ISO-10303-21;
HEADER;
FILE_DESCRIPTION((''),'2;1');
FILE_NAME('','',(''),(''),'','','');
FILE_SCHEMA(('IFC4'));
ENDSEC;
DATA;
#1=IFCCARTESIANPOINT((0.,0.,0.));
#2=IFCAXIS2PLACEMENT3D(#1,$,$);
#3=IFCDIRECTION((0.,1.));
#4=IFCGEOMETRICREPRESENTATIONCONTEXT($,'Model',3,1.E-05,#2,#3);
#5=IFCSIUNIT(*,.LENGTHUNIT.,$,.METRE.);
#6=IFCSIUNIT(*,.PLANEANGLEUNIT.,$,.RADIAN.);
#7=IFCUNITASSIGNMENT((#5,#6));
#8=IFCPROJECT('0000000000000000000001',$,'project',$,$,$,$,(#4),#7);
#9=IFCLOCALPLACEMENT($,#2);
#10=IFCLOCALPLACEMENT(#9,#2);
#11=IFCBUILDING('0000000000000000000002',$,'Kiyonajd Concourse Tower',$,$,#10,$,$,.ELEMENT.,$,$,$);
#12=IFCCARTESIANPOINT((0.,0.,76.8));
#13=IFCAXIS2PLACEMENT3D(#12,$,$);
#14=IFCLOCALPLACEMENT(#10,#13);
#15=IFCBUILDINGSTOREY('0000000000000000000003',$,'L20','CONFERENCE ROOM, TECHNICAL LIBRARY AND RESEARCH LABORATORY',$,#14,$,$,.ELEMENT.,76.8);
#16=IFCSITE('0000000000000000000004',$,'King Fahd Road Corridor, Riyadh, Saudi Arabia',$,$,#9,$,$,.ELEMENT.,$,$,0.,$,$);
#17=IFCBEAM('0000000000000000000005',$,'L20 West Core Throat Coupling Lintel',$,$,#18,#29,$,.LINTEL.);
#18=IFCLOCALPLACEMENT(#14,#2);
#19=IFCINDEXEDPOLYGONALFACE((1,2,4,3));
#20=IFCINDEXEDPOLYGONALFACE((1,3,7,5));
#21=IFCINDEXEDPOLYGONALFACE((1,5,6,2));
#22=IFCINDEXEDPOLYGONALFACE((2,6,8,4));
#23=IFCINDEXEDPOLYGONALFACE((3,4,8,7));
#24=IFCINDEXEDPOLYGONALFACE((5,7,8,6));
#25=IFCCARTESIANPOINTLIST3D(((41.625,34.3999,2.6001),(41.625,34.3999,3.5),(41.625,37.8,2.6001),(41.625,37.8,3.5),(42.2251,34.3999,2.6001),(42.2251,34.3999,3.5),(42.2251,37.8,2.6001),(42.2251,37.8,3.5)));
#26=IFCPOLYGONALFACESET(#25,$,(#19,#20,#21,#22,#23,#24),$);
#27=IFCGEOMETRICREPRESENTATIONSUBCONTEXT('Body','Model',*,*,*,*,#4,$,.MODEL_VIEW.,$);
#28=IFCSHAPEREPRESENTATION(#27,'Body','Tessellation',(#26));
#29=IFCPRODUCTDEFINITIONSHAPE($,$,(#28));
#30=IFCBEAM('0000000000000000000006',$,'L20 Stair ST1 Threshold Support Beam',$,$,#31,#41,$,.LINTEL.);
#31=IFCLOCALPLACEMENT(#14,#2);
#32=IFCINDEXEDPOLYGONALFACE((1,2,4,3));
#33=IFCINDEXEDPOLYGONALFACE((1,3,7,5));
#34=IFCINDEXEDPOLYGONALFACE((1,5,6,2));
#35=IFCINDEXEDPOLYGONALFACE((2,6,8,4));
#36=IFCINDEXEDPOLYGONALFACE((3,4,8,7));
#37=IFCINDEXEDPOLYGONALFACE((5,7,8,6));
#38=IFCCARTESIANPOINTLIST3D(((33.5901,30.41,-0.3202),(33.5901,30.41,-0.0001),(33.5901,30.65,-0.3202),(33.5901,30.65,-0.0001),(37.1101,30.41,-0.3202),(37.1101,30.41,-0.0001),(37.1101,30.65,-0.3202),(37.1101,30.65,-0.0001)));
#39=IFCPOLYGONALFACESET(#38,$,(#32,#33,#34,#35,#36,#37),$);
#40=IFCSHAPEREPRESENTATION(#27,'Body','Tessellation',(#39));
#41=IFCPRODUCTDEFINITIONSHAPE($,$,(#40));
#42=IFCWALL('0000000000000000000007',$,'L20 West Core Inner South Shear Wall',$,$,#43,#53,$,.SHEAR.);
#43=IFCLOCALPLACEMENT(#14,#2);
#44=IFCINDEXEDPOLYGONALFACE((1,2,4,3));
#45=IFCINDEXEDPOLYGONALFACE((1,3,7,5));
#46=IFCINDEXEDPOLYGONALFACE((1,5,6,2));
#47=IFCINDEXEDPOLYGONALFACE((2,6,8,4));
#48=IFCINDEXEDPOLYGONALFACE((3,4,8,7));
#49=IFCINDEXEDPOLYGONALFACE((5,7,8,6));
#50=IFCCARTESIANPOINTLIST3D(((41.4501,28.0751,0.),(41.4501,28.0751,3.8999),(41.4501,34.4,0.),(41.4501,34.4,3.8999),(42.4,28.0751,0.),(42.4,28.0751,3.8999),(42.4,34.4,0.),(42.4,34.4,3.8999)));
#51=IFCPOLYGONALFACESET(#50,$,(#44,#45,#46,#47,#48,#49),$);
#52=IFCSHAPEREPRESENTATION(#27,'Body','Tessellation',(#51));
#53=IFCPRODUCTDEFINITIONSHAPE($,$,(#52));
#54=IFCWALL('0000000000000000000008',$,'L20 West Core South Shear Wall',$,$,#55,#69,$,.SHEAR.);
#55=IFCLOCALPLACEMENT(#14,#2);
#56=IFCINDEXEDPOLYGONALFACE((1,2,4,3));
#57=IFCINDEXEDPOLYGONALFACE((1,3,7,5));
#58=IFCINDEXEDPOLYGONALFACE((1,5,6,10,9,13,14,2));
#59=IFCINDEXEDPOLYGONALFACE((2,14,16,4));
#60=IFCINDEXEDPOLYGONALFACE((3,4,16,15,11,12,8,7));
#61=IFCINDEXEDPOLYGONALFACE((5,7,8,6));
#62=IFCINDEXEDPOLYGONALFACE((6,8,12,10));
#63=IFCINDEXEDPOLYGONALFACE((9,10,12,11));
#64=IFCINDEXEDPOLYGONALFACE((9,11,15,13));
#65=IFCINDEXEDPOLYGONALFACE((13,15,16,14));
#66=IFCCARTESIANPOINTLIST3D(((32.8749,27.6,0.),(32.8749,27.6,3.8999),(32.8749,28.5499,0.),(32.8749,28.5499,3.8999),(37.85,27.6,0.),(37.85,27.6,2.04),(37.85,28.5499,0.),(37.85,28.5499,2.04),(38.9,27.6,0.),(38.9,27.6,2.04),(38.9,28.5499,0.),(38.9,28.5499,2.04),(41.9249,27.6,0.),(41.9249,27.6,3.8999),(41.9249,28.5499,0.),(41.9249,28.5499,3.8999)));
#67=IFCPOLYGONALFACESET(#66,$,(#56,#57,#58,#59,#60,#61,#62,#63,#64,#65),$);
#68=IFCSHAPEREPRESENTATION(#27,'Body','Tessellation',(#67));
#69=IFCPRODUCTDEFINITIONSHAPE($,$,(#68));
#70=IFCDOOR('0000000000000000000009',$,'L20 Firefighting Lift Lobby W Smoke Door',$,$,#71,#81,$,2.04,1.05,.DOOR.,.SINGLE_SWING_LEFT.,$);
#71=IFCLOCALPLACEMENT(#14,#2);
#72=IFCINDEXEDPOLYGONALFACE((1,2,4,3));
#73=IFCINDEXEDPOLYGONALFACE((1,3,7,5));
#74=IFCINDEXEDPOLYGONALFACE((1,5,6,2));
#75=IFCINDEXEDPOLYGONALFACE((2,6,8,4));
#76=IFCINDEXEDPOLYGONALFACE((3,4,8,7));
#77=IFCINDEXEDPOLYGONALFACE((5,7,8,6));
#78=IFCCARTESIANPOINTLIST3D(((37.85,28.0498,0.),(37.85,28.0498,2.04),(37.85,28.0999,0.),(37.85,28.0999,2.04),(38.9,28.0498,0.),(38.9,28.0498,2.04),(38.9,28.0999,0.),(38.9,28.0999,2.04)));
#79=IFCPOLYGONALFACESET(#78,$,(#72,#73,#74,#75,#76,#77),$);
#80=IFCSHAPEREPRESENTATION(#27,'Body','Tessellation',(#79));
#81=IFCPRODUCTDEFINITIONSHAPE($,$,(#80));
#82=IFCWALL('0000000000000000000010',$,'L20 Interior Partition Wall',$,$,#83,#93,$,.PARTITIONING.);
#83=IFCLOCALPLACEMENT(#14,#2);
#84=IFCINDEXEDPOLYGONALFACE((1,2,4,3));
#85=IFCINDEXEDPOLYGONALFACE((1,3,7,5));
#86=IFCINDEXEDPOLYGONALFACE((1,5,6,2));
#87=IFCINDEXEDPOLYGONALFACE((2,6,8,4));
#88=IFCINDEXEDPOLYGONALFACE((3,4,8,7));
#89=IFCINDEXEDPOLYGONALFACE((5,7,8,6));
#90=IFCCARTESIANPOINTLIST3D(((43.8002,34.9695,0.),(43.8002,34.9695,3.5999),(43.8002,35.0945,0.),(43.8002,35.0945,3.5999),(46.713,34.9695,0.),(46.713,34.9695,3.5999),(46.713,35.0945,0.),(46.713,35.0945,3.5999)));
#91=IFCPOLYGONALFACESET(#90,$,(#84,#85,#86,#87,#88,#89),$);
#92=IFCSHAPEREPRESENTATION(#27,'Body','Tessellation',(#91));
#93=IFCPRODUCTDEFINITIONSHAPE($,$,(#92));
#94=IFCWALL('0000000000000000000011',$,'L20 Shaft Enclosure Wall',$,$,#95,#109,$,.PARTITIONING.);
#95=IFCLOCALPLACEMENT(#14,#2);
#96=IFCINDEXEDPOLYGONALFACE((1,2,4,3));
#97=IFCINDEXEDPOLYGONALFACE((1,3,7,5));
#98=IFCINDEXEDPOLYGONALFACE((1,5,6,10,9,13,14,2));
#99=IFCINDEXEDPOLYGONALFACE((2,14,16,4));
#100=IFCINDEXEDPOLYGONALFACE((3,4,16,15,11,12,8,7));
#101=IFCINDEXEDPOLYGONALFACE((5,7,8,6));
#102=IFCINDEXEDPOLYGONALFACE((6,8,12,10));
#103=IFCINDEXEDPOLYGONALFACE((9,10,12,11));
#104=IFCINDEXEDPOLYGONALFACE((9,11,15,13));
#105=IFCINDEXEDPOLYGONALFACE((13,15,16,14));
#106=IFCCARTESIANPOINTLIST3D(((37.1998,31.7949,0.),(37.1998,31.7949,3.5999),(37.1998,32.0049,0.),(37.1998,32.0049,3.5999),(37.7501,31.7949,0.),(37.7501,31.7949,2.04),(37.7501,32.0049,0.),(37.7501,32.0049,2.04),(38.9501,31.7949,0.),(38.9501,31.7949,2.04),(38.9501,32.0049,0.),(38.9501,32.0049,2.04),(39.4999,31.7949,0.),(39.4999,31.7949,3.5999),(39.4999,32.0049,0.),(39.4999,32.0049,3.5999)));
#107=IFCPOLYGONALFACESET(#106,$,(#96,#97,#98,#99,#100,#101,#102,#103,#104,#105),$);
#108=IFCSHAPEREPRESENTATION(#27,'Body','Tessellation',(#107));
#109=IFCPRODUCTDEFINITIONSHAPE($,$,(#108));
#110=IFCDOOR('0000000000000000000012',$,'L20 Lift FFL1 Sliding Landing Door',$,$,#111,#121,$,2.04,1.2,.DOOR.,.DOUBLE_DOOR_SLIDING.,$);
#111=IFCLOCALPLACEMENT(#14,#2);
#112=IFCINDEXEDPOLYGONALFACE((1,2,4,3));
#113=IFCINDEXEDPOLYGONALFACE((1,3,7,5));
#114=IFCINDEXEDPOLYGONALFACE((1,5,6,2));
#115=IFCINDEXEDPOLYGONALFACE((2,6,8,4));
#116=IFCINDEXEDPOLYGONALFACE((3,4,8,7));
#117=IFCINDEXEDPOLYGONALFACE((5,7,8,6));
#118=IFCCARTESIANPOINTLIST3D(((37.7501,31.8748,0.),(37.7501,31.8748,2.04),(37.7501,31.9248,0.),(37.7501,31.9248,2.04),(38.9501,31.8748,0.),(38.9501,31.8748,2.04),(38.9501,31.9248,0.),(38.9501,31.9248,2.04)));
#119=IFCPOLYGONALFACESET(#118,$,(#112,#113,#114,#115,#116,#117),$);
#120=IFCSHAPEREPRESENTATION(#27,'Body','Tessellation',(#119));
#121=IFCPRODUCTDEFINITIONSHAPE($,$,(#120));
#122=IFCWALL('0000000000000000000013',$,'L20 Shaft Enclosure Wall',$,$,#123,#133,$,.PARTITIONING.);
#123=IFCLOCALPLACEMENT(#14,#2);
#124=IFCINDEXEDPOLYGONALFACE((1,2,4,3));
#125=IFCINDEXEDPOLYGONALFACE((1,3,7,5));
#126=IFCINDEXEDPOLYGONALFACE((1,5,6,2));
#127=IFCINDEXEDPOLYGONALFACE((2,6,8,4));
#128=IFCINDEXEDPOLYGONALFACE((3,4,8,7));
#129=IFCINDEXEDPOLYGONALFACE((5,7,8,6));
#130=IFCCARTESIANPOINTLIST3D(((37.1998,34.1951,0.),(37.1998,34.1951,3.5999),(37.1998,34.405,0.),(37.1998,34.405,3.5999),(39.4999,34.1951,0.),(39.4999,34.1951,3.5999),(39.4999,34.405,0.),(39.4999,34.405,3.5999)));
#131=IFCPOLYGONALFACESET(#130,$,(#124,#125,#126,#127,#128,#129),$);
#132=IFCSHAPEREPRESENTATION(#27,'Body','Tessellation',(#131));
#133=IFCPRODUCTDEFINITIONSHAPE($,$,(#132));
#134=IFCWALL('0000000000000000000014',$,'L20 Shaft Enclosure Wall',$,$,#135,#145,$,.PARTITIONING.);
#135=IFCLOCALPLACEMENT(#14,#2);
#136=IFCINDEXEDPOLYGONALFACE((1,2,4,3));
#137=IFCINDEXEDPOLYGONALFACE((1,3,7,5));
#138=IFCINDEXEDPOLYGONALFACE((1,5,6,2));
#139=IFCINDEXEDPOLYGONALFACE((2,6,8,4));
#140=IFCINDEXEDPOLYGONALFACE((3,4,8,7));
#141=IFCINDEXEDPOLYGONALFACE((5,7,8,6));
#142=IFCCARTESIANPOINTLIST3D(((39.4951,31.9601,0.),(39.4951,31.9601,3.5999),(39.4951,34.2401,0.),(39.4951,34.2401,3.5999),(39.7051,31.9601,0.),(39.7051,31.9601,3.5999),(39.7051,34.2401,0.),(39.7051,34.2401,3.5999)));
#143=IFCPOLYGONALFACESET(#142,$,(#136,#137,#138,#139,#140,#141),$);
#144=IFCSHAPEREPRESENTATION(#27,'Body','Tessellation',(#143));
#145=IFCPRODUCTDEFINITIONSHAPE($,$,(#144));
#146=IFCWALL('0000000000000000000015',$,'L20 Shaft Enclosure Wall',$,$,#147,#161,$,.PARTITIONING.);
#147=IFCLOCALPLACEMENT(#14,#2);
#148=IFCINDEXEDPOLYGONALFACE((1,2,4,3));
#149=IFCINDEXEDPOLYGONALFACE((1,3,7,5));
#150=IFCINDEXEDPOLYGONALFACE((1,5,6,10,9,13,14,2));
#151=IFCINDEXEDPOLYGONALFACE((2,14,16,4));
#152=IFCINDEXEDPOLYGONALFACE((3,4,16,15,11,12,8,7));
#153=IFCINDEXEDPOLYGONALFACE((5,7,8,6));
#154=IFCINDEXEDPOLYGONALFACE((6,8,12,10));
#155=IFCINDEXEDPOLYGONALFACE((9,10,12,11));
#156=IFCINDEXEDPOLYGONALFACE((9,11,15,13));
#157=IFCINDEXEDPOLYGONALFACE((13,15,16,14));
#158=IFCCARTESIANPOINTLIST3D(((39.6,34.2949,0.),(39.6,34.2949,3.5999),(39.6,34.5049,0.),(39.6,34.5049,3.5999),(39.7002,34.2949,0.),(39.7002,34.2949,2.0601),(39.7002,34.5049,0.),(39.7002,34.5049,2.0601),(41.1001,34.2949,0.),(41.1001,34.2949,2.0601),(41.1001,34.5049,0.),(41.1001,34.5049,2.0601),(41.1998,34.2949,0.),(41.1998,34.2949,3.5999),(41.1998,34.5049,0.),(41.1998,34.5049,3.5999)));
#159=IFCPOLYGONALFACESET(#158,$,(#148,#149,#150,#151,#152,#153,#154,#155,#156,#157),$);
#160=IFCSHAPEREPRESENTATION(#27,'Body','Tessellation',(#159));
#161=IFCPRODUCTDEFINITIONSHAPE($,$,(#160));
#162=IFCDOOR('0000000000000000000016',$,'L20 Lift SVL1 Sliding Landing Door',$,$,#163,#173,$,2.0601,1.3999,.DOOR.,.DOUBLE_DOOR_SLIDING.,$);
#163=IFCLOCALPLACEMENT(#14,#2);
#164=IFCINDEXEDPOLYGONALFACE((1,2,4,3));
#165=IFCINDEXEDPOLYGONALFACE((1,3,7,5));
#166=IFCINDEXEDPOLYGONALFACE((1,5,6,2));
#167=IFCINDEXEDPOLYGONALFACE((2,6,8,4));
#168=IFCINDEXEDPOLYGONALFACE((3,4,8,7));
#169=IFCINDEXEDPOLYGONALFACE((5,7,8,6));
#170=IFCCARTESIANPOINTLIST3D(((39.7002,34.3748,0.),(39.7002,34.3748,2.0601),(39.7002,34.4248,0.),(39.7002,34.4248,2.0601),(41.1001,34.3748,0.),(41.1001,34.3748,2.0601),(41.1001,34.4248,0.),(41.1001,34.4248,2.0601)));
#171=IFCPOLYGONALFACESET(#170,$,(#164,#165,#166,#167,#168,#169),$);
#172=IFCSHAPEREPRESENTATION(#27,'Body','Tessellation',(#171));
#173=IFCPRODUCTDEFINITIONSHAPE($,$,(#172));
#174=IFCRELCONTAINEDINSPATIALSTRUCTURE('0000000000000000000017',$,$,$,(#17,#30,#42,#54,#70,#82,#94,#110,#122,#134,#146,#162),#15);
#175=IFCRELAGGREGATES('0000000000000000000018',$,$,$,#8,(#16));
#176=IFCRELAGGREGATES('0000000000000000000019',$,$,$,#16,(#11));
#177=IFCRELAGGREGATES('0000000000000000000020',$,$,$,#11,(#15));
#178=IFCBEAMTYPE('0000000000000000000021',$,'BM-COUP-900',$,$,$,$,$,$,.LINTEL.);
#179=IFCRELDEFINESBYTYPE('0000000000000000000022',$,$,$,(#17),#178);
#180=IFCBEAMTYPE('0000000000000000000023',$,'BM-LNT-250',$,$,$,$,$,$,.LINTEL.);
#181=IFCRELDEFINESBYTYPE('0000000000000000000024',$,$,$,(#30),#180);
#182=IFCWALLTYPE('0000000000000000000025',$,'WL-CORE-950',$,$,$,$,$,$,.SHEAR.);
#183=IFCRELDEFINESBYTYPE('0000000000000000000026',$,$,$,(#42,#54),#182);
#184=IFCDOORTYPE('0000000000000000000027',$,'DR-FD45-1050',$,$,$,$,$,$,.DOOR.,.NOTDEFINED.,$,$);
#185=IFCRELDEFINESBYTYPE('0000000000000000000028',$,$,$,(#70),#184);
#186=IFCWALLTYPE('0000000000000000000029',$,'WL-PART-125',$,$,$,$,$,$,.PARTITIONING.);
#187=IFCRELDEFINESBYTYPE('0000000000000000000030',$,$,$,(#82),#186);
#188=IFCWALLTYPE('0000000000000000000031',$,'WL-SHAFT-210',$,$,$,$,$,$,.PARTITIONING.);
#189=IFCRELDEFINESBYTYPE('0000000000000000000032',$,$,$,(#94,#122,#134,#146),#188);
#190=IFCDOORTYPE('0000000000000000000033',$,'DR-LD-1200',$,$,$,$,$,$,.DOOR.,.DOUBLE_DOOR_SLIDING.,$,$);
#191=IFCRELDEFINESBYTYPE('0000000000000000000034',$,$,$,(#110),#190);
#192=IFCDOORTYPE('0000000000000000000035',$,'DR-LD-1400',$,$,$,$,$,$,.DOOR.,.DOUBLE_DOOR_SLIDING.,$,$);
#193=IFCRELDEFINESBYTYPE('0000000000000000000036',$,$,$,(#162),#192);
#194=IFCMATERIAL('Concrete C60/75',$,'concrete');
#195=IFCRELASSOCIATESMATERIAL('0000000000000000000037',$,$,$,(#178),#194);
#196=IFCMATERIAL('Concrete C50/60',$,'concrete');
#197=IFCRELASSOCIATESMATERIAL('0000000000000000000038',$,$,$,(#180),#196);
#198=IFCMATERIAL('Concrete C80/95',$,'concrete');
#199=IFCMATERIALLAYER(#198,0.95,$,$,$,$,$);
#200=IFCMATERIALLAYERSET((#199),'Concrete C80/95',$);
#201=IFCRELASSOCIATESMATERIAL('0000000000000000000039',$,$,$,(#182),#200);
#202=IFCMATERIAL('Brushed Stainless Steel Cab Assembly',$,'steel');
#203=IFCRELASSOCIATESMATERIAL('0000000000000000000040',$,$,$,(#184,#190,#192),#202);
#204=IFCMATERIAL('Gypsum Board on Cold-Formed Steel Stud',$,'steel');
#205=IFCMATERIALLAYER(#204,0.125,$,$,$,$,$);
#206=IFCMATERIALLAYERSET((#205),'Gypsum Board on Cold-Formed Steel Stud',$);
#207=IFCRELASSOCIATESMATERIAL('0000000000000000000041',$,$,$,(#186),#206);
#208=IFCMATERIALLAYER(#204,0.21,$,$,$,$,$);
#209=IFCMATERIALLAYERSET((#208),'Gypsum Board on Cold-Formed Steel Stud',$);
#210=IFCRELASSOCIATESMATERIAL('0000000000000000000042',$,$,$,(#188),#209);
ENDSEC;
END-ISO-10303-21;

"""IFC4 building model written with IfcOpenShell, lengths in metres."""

from ifc_helpers import new_model, si_unit, direction, frame, frame_2d, origin, origin_2d, place, context, subcontext, project, spatial, rectangle, extrude, material, layer, layer_set, material_profile, profile_set, type_object, element, fill, save


model = new_model("IFC4")

# Units and contexts
model_context = context("Model", 3, precision=1e-05, world=origin(), true_north=direction((0.0, 1.0)))
body_context = subcontext(model_context, "Body", "Model", "MODEL_VIEW")
ifc_project = project(units=[si_unit("LENGTHUNIT", "METRE"), si_unit("PLANEANGLEUNIT", "RADIAN")], contexts=[model_context])

# Site, building, storey
site_placement = place(None, origin())
site = spatial("IfcSite", under=ifc_project, at=site_placement, Name="King Fahd Road Corridor, Riyadh, Saudi Arabia", CompositionType="ELEMENT", RefElevation=0.0)
building_placement = place(site_placement, origin())
building = spatial("IfcBuilding", under=site, at=building_placement, Name="Kiyonajd Concourse Tower", CompositionType="ELEMENT")
storey_placement = place(building_placement, frame((0.0, 0.0, 76.8)))
storey = spatial("IfcBuildingStorey", under=building, at=storey_placement, Name="L20", Description="CONFERENCE ROOM, TECHNICAL LIBRARY AND RESEARCH LABORATORY", CompositionType="ELEMENT", Elevation=76.8)

# Beams
ifc_material_1 = material(Name="Concrete C60/75", Category="concrete")
ifc_material_profile_1 = material_profile(ifc_material_1, rectangle(XDim=0.6001, YDim=0.8999, at=origin_2d()), Name="RCBM-600x900")
ifc_profile_set_1 = profile_set([ifc_material_profile_1], Name="Concrete C60/75")
beam_type_1 = type_object("IfcBeamType", Name="BM-COUP-900", PredefinedType="LINTEL", material=ifc_profile_set_1)
beam_1_placement = place(storey_placement, frame((41.925, 34.3999, 3.05), z_axis=(0.0, 1.0, 0.0), x_axis=(-1.0, 0.0, 0.0)))
element("IfcBeam", 1, at=beam_1_placement, inside=storey, type_object=beam_type_1, Name="L20 West Core Throat Coupling Lintel", PredefinedType="LINTEL", context=body_context, shape_type="SweptSolid", body=[
    extrude(rectangle(XDim=0.6001, YDim=0.8999, at=origin_2d()), origin(), (0.0, 0.0, 1.0), 3.4001),
])
ifc_material_2 = material(Name="Concrete C50/60", Category="concrete")
ifc_material_profile_2 = material_profile(ifc_material_2, rectangle(XDim=0.24, YDim=0.3201, at=origin_2d()), Name="RCBM-240x320")
ifc_profile_set_2 = profile_set([ifc_material_profile_2], Name="Concrete C50/60")
beam_type_2 = type_object("IfcBeamType", Name="BM-LNT-250", PredefinedType="LINTEL", material=ifc_profile_set_2)
beam_2_placement = place(storey_placement, frame((33.5901, 30.53, -0.1602), z_axis=(1.0, 0.0, 0.0), x_axis=(0.0, 1.0, 0.0)))
element("IfcBeam", 2, at=beam_2_placement, inside=storey, type_object=beam_type_2, Name="L20 Stair ST1 Threshold Support Beam", PredefinedType="LINTEL", context=body_context, shape_type="SweptSolid", body=[
    extrude(rectangle(XDim=0.24, YDim=0.3201, at=origin_2d()), origin(), (0.0, 0.0, 1.0), 3.52),
])

# Wall
ifc_material_3 = material(Name="Concrete C80/95", Category="concrete")
ifc_layer_1 = layer(ifc_material_3, 0.95)
ifc_layer_set_1 = layer_set([ifc_layer_1], Name="Concrete C80/95")
wall_type_1 = type_object("IfcWallType", Name="WL-CORE-950", PredefinedType="SHEAR", material=ifc_layer_set_1)
wall_1_placement = place(storey_placement, frame((41.925, 28.075, 0.0), z_axis=(0.0, 0.0, 1.0), x_axis=(0.0, 1.0, 0.0)))
element("IfcWall", 3, at=wall_1_placement, inside=storey, type_object=wall_type_1, Name="L20 West Core Inner South Shear Wall", PredefinedType="SHEAR", context=body_context, shape_type="SweptSolid", body=[
    extrude(rectangle(XDim=6.325, YDim=0.95, at=frame_2d((3.1626, 0.0))), origin(), (0.0, 0.0, 1.0), 3.8999),
])

# Wall, opening, door
wall_2_placement = place(storey_placement, frame((32.875, 28.075, 0.0), z_axis=(0.0, 0.0, 1.0), x_axis=(1.0, 0.0, 0.0)))
wall_2 = element("IfcWall", 4, at=wall_2_placement, inside=storey, type_object=wall_type_1, Name="L20 West Core South Shear Wall", PredefinedType="SHEAR", context=body_context, shape_type="SweptSolid", body=[
    extrude(rectangle(XDim=9.05, YDim=0.95, at=frame_2d((4.5249, 0.0))), origin(), (0.0, 0.0, 1.0), 3.8999),
])
opening_1_placement = place(wall_2_placement, frame((4.9751, 0.0, 0.0)))
opening_1 = element("IfcOpeningElement", 5, at=opening_1_placement, cuts=wall_2, PredefinedType="OPENING", context=body_context, shape_type="SweptSolid", body=[
    extrude(rectangle(XDim=1.05, YDim=2.04, at=frame_2d((0.5249, 1.02))), frame((0.0, 0.4849, 0.0), z_axis=(0.0, -1.0, 0.0), x_axis=(1.0, 0.0, 0.0)), (0.0, 0.0, 1.0), 0.97),
])
ifc_material_4 = material(Name="Brushed Stainless Steel Cab Assembly", Category="steel")
door_type_1 = type_object("IfcDoorType", Name="DR-FD45-1050", OperationType="NOTDEFINED", PredefinedType="DOOR", material=ifc_material_4)
door_1_placement = place(opening_1_placement, origin())
door_1 = element("IfcDoor", 6, at=door_1_placement, inside=storey, type_object=door_type_1, Name="L20 Firefighting Lift Lobby W Smoke Door", OperationType="SINGLE_SWING_LEFT", OverallHeight=2.04, OverallWidth=1.05, PredefinedType="DOOR", context=body_context, shape_type="SweptSolid", body=[
    extrude(rectangle(XDim=1.05, YDim=2.04, at=frame_2d((0.5249, 1.02))), frame((0.0, 0.0249, 0.0), z_axis=(0.0, -1.0, 0.0), x_axis=(1.0, 0.0, 0.0)), (0.0, 0.0, 1.0), 0.05),
])
fill(opening_1, door_1)

# Wall
ifc_material_5 = material(Name="Gypsum Board on Cold-Formed Steel Stud", Category="steel")
ifc_layer_2 = layer(ifc_material_5, 0.125)
ifc_layer_set_2 = layer_set([ifc_layer_2], Name="Gypsum Board on Cold-Formed Steel Stud")
wall_type_2 = type_object("IfcWallType", Name="WL-PART-125", PredefinedType="PARTITIONING", material=ifc_layer_set_2)
wall_3_placement = place(storey_placement, frame((43.8, 35.032, 0.0), z_axis=(0.0, 0.0, 1.0), x_axis=(1.0, 0.0, 0.0)))
element("IfcWall", 7, at=wall_3_placement, inside=storey, type_object=wall_type_2, Name="L20 Interior Partition Wall", PredefinedType="PARTITIONING", context=body_context, shape_type="SweptSolid", body=[
    extrude(rectangle(XDim=2.9128, YDim=0.125, at=frame_2d((1.4565, 0.0))), origin(), (0.0, 0.0, 1.0), 3.5999),
])

# Wall, opening, door
ifc_layer_3 = layer(ifc_material_5, 0.21)
ifc_layer_set_3 = layer_set([ifc_layer_3], Name="Gypsum Board on Cold-Formed Steel Stud")
wall_type_3 = type_object("IfcWallType", Name="WL-SHAFT-210", PredefinedType="PARTITIONING", material=ifc_layer_set_3)
wall_4_placement = place(storey_placement, frame((37.2, 31.8999, 0.0), z_axis=(0.0, 0.0, 1.0), x_axis=(1.0, 0.0, 0.0)))
wall_4 = element("IfcWall", 8, at=wall_4_placement, inside=storey, type_object=wall_type_3, Name="L20 Shaft Enclosure Wall", PredefinedType="PARTITIONING", context=body_context, shape_type="SweptSolid", body=[
    extrude(rectangle(XDim=2.3, YDim=0.21, at=frame_2d((1.1499, 0.0))), origin(), (0.0, 0.0, 1.0), 3.5999),
])
opening_2_placement = place(wall_4_placement, frame((0.55, 0.0, 0.0)))
opening_2 = element("IfcOpeningElement", 9, at=opening_2_placement, cuts=wall_4, PredefinedType="OPENING", context=body_context, shape_type="SweptSolid", body=[
    extrude(rectangle(XDim=1.2, YDim=2.04, at=frame_2d((0.6001, 1.02))), frame((0.0, 0.115, 0.0), z_axis=(0.0, -1.0, 0.0), x_axis=(1.0, 0.0, 0.0)), (0.0, 0.0, 1.0), 0.23),
])
door_type_2 = type_object("IfcDoorType", Name="DR-LD-1200", OperationType="DOUBLE_DOOR_SLIDING", PredefinedType="DOOR", material=ifc_material_4)
door_2_placement = place(opening_2_placement, origin())
door_2 = element("IfcDoor", 10, at=door_2_placement, inside=storey, type_object=door_type_2, Name="L20 Lift FFL1 Sliding Landing Door", OperationType="DOUBLE_DOOR_SLIDING", OverallHeight=2.04, OverallWidth=1.2, PredefinedType="DOOR", context=body_context, shape_type="SweptSolid", body=[
    extrude(rectangle(XDim=1.2, YDim=2.04, at=frame_2d((0.6001, 1.02))), frame((0.0, 0.0249, 0.0), z_axis=(0.0, -1.0, 0.0), x_axis=(1.0, 0.0, 0.0)), (0.0, 0.0, 1.0), 0.05),
])
fill(opening_2, door_2)

# Walls
wall_5_placement = place(storey_placement, frame((37.2, 34.3, 0.0), z_axis=(0.0, 0.0, 1.0), x_axis=(1.0, 0.0, 0.0)))
element("IfcWall", 11, at=wall_5_placement, inside=storey, type_object=wall_type_3, Name="L20 Shaft Enclosure Wall", PredefinedType="PARTITIONING", context=body_context, shape_type="SweptSolid", body=[
    extrude(rectangle(XDim=2.3, YDim=0.21, at=frame_2d((1.1499, 0.0))), origin(), (0.0, 0.0, 1.0), 3.5999),
])
wall_6_placement = place(storey_placement, frame((39.6001, 31.96, 0.0), z_axis=(0.0, 0.0, 1.0), x_axis=(0.0, 1.0, 0.0)))
element("IfcWall", 12, at=wall_6_placement, inside=storey, type_object=wall_type_3, Name="L20 Shaft Enclosure Wall", PredefinedType="PARTITIONING", context=body_context, shape_type="SweptSolid", body=[
    extrude(rectangle(XDim=2.28, YDim=0.21, at=frame_2d((1.1401, 0.0))), origin(), (0.0, 0.0, 1.0), 3.5999),
])

# Wall, opening, door
wall_7_placement = place(storey_placement, frame((39.6001, 34.3999, 0.0), z_axis=(0.0, 0.0, 1.0), x_axis=(1.0, 0.0, 0.0)))
wall_7 = element("IfcWall", 13, at=wall_7_placement, inside=storey, type_object=wall_type_3, Name="L20 Shaft Enclosure Wall", PredefinedType="PARTITIONING", context=body_context, shape_type="SweptSolid", body=[
    extrude(rectangle(XDim=1.5999, YDim=0.21, at=frame_2d((0.7998, 0.0))), origin(), (0.0, 0.0, 1.0), 3.5999),
])
opening_3_placement = place(wall_7_placement, frame((0.1001, 0.0, 0.0)))
opening_3 = element("IfcOpeningElement", 14, at=opening_3_placement, cuts=wall_7, PredefinedType="OPENING", context=body_context, shape_type="SweptSolid", body=[
    extrude(rectangle(XDim=1.3999, YDim=2.0601, at=frame_2d((0.7, 1.03))), frame((0.0, 0.115, 0.0), z_axis=(0.0, -1.0, 0.0), x_axis=(1.0, 0.0, 0.0)), (0.0, 0.0, 1.0), 0.23),
])
door_type_3 = type_object("IfcDoorType", Name="DR-LD-1400", OperationType="DOUBLE_DOOR_SLIDING", PredefinedType="DOOR", material=ifc_material_4)
door_3_placement = place(opening_3_placement, origin())
door_3 = element("IfcDoor", 15, at=door_3_placement, inside=storey, type_object=door_type_3, Name="L20 Lift SVL1 Sliding Landing Door", OperationType="DOUBLE_DOOR_SLIDING", OverallHeight=2.0601, OverallWidth=1.3999, PredefinedType="DOOR", context=body_context, shape_type="SweptSolid", body=[
    extrude(rectangle(XDim=1.3999, YDim=2.0601, at=frame_2d((0.7, 1.03))), frame((0.0, 0.0249, 0.0), z_axis=(0.0, -1.0, 0.0), x_axis=(1.0, 0.0, 0.0)), (0.0, 0.0, 1.0), 0.05),
])
fill(opening_3, door_3)

save(model, "model.ifc")
